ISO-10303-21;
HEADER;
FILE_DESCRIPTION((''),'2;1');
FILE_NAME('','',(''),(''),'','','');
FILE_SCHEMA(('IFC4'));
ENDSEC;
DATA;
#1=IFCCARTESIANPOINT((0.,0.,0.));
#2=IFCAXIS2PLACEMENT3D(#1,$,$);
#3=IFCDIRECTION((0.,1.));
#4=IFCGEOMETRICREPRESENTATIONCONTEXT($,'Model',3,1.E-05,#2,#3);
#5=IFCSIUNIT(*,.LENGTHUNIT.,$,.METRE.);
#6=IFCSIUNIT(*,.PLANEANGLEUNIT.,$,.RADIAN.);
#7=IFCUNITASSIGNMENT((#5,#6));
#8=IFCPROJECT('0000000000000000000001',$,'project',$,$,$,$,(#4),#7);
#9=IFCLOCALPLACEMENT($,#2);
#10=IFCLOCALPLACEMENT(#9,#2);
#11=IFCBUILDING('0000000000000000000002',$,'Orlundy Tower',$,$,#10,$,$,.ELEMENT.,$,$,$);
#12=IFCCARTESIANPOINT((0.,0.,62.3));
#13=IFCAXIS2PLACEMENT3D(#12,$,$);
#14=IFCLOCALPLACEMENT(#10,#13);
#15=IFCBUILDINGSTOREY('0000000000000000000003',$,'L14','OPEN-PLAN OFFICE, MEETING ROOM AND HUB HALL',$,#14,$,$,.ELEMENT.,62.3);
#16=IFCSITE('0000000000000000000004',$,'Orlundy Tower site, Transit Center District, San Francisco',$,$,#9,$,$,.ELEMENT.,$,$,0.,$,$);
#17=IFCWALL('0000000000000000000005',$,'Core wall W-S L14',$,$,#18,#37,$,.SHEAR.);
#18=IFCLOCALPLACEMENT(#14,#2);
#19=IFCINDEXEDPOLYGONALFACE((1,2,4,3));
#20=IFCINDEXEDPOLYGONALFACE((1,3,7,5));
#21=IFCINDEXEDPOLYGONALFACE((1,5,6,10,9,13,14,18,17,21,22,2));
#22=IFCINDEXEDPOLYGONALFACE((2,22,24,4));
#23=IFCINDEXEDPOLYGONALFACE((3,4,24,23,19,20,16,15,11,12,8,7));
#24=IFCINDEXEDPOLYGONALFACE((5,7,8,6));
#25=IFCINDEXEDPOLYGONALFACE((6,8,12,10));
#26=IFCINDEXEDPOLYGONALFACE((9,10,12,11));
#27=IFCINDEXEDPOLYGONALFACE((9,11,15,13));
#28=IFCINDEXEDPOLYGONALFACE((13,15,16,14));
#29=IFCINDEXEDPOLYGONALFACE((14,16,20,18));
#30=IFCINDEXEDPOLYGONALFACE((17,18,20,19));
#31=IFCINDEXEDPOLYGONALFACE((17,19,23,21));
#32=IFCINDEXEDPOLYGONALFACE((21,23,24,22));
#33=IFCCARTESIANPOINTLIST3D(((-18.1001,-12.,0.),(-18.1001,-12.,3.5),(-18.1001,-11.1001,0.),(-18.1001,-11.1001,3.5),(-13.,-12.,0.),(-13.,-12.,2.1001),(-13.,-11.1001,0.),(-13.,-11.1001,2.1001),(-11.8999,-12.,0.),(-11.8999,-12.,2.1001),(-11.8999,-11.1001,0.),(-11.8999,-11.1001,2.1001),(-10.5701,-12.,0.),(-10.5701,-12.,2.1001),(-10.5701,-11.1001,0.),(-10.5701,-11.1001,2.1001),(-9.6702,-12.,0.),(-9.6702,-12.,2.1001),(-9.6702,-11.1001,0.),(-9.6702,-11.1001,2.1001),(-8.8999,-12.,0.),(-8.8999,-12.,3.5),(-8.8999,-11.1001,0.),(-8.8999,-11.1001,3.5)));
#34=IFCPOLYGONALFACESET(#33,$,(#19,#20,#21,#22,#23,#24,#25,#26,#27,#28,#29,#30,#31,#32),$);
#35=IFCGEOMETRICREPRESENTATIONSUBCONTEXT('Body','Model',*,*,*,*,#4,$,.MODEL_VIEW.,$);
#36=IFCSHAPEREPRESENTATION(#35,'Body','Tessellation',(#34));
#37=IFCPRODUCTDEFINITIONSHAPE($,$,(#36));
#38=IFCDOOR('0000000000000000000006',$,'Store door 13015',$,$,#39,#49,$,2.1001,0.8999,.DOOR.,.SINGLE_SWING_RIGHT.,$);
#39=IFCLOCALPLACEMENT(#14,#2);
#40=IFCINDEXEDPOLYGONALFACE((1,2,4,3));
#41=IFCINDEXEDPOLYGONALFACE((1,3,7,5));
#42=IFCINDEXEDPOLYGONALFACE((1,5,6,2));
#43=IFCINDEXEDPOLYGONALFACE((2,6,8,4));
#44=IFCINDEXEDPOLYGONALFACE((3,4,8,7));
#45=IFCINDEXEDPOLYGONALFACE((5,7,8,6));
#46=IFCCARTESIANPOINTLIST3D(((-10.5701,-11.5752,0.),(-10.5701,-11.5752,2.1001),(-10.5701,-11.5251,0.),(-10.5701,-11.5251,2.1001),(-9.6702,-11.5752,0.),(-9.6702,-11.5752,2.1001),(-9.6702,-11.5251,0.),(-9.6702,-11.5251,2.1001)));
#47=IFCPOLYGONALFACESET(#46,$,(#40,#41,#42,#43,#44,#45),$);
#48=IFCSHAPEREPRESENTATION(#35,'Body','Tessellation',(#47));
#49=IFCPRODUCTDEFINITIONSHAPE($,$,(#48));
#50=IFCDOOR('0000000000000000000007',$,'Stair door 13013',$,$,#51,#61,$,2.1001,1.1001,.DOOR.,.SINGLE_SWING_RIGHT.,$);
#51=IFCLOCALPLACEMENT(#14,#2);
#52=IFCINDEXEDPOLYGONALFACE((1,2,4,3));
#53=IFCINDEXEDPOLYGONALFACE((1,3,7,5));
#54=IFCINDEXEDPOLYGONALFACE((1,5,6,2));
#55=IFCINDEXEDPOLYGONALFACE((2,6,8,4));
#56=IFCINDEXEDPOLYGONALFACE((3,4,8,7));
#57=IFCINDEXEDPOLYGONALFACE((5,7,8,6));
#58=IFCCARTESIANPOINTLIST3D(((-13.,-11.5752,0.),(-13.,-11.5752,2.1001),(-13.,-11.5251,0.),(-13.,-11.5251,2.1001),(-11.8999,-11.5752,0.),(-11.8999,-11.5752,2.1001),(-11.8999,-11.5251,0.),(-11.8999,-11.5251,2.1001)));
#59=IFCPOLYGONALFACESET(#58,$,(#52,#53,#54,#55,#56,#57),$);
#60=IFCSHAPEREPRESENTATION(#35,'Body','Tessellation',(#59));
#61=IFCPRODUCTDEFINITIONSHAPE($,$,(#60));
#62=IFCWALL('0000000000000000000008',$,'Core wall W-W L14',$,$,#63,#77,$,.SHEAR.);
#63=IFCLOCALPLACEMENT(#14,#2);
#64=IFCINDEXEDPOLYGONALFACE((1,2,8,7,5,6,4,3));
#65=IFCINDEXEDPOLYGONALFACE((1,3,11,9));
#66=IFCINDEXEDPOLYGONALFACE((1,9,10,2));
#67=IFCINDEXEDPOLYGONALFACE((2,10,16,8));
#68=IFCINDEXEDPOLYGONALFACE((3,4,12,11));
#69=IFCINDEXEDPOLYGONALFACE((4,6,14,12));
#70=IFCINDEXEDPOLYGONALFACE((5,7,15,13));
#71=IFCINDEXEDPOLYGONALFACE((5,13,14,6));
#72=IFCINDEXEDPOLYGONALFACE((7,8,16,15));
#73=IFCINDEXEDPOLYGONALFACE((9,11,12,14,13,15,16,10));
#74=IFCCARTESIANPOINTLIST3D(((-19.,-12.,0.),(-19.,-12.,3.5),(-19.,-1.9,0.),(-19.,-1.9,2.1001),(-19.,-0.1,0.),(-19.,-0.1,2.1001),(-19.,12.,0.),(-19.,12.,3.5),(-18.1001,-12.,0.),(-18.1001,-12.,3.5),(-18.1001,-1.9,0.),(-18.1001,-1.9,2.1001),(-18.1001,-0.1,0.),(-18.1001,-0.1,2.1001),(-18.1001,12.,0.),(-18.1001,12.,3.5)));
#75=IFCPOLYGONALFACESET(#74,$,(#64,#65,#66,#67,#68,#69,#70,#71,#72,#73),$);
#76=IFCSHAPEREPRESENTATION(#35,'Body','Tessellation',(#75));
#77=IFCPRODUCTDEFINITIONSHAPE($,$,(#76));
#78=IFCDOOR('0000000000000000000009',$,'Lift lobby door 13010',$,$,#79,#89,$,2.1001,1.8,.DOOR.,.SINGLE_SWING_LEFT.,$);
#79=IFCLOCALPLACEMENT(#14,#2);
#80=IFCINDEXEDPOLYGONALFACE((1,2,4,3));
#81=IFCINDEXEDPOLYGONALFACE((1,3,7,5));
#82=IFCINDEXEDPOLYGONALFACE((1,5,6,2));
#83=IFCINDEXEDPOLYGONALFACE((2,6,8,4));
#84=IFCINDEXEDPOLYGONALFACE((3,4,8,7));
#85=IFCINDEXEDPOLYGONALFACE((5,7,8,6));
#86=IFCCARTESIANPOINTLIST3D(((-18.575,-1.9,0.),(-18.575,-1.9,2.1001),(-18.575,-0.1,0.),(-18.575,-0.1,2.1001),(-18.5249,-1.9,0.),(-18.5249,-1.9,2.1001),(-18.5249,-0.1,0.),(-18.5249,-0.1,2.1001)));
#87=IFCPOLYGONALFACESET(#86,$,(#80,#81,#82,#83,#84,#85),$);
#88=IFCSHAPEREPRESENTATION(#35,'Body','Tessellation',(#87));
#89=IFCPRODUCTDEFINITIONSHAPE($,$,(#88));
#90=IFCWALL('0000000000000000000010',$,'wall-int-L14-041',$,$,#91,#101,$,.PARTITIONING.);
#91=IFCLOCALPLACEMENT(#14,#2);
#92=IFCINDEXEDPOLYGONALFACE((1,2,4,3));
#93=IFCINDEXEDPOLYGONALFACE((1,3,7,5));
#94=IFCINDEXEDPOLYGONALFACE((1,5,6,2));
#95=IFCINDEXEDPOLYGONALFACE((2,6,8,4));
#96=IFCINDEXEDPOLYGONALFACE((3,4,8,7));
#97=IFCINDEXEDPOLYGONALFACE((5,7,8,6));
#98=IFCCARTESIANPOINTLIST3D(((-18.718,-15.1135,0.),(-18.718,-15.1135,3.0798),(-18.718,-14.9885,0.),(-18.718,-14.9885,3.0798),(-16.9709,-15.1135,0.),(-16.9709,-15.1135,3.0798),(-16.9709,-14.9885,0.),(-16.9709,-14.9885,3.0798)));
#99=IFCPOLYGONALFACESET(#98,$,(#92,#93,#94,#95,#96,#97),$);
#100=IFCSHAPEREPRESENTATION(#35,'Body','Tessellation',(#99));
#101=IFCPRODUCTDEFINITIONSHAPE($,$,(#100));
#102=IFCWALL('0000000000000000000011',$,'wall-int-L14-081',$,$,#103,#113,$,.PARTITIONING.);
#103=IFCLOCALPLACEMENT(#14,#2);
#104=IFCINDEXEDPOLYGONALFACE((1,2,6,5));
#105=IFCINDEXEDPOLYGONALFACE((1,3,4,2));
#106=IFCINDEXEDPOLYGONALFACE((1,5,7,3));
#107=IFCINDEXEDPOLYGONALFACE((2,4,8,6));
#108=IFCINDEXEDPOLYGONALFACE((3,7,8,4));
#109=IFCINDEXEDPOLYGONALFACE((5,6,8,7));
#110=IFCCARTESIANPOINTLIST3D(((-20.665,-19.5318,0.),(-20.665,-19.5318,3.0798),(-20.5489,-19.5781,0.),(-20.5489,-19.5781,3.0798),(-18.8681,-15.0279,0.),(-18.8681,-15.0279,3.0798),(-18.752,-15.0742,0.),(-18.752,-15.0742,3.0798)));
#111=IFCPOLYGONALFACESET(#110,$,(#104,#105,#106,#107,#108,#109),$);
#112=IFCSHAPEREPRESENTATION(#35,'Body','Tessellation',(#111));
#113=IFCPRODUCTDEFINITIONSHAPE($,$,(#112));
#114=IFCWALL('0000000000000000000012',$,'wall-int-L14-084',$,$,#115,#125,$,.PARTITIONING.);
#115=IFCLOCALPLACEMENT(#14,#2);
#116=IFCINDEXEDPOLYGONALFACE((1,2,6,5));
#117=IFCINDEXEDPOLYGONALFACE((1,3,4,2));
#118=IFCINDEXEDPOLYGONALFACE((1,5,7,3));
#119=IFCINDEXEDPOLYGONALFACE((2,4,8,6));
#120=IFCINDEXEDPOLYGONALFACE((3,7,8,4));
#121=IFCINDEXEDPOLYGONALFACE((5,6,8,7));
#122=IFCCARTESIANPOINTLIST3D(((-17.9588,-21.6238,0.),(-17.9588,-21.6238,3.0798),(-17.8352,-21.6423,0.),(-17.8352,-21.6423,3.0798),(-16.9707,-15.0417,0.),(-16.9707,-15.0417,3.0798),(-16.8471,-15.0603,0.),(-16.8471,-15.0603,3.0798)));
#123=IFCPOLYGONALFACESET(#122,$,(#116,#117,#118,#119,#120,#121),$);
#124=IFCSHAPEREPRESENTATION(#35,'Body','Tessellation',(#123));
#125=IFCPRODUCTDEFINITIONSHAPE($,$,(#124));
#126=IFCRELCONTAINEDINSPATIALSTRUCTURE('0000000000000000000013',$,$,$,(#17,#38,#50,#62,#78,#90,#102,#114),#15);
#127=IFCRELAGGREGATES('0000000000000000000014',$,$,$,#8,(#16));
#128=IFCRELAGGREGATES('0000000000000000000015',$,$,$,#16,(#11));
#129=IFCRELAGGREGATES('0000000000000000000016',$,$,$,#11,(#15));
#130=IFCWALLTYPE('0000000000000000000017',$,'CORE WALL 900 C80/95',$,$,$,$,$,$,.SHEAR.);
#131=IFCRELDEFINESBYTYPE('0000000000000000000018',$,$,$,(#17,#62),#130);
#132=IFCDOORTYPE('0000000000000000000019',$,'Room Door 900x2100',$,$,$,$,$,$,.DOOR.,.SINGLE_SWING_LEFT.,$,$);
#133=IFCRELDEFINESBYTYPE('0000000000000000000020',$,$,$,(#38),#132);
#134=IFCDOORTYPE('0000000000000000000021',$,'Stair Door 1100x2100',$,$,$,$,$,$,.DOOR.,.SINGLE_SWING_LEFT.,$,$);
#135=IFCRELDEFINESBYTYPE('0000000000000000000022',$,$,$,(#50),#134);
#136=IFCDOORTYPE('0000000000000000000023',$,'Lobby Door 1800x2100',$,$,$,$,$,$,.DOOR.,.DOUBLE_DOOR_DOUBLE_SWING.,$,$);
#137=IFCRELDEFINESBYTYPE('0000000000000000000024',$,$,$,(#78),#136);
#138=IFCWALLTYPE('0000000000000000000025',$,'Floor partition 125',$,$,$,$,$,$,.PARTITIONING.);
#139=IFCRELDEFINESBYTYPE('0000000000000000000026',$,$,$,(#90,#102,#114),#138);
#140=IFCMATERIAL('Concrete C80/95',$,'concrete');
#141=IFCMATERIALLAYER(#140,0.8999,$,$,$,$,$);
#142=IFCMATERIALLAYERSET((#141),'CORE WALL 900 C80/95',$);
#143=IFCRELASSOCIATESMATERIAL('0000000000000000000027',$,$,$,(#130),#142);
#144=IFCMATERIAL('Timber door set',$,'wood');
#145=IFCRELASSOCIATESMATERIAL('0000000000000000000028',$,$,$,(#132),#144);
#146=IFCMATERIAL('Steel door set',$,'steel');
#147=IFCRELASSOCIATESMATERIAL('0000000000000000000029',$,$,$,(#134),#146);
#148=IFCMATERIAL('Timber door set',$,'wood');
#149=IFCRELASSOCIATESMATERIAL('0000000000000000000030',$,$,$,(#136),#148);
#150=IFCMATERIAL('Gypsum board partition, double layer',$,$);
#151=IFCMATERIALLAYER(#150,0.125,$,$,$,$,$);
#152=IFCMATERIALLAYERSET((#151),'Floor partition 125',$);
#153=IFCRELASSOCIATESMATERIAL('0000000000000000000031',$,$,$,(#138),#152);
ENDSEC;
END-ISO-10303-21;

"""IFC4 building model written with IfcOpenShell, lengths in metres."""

from ifc_helpers import new_model, si_unit, direction, frame, frame_2d, origin, place, context, subcontext, project, spatial, rectangle, extrude, material, layer, layer_set, type_object, element, fill, save


model = new_model("IFC4")

# Units and contexts
model_context = context("Model", 3, precision=1e-05, world=origin(), true_north=direction((0.0, 1.0)))
body_context = subcontext(model_context, "Body", "Model", "MODEL_VIEW")
ifc_project = project(units=[si_unit("LENGTHUNIT", "METRE"), si_unit("PLANEANGLEUNIT", "RADIAN")], contexts=[model_context])

# Site, building, storey
site_placement = place(None, origin())
site = spatial("IfcSite", under=ifc_project, at=site_placement, Name="Orlundy Tower site, Transit Center District, San Francisco", CompositionType="ELEMENT", RefElevation=0.0)
building_placement = place(site_placement, origin())
building = spatial("IfcBuilding", under=site, at=building_placement, Name="Orlundy Tower", CompositionType="ELEMENT")
storey_placement = place(building_placement, frame((0.0, 0.0, 62.3)))
storey = spatial("IfcBuildingStorey", under=building, at=storey_placement, Name="L14", Description="OPEN-PLAN OFFICE, MEETING ROOM AND HUB HALL", CompositionType="ELEMENT", Elevation=62.3)

# Wall, openings, doors
ifc_material_1 = material(Name="Concrete C80/95", Category="concrete")
ifc_layer_1 = layer(ifc_material_1, 0.8999)
ifc_layer_set_1 = layer_set([ifc_layer_1], Name="CORE WALL 900 C80/95")
wall_type_1 = type_object("IfcWallType", Name="CORE WALL 900 C80/95", PredefinedType="SHEAR", material=ifc_layer_set_1)
wall_1_placement = place(storey_placement, frame((-18.1001, -11.55, 0.0), z_axis=(0.0, 0.0, 1.0), x_axis=(1.0, 0.0, 0.0)))
wall_1 = element("IfcWall", 1, at=wall_1_placement, inside=storey, type_object=wall_type_1, Name="Core wall W-S L14", PredefinedType="SHEAR", context=body_context, shape_type="SweptSolid", body=[
    extrude(rectangle(XDim=9.2002, YDim=0.8999, at=frame_2d((4.6001, 0.0))), origin(), (0.0, 0.0, 1.0), 3.5),
])
opening_1_placement = place(wall_1_placement, frame((5.1001, 0.0, 0.0)))
opening_1 = element("IfcOpeningElement", 2, at=opening_1_placement, cuts=wall_1, PredefinedType="OPENING", context=body_context, shape_type="SweptSolid", body=[
    extrude(rectangle(XDim=1.1001, YDim=2.1001, at=frame_2d((0.55, 1.05))), frame((0.0, 0.46, 0.0), z_axis=(0.0, -1.0, 0.0), x_axis=(1.0, 0.0, 0.0)), (0.0, 0.0, 1.0), 0.9199),
])
opening_2_placement = place(wall_1_placement, frame((7.53, 0.0, 0.0)))
opening_2 = element("IfcOpeningElement", 3, at=opening_2_placement, cuts=wall_1, PredefinedType="OPENING", context=body_context, shape_type="SweptSolid", body=[
    extrude(rectangle(XDim=0.8999, YDim=2.1001, at=frame_2d((0.45, 1.05))), frame((0.0, 0.46, 0.0), z_axis=(0.0, -1.0, 0.0), x_axis=(1.0, 0.0, 0.0)), (0.0, 0.0, 1.0), 0.9199),
])
ifc_material_2 = material(Name="Timber door set", Category="wood")
door_type_1 = type_object("IfcDoorType", Name="Room Door 900x2100", OperationType="SINGLE_SWING_LEFT", PredefinedType="DOOR", material=ifc_material_2)
door_1_placement = place(opening_2_placement, origin())
door_1 = element("IfcDoor", 4, at=door_1_placement, inside=storey, type_object=door_type_1, Name="Store door 13015", OperationType="SINGLE_SWING_RIGHT", OverallHeight=2.1001, OverallWidth=0.8999, PredefinedType="DOOR", context=body_context, shape_type="SweptSolid", body=[
    extrude(rectangle(XDim=0.8999, YDim=2.1001, at=frame_2d((0.45, 1.05))), frame((0.0, 0.0249, 0.0), z_axis=(0.0, -1.0, 0.0), x_axis=(1.0, 0.0, 0.0)), (0.0, 0.0, 1.0), 0.05),
])
fill(opening_2, door_1)
ifc_material_3 = material(Name="Steel door set", Category="steel")
door_type_2 = type_object("IfcDoorType", Name="Stair Door 1100x2100", OperationType="SINGLE_SWING_LEFT", PredefinedType="DOOR", material=ifc_material_3)
door_2_placement = place(opening_1_placement, origin())
door_2 = element("IfcDoor", 5, at=door_2_placement, inside=storey, type_object=door_type_2, Name="Stair door 13013", OperationType="SINGLE_SWING_RIGHT", OverallHeight=2.1001, OverallWidth=1.1001, PredefinedType="DOOR", context=body_context, shape_type="SweptSolid", body=[
    extrude(rectangle(XDim=1.1001, YDim=2.1001, at=frame_2d((0.55, 1.05))), frame((0.0, 0.0249, 0.0), z_axis=(0.0, -1.0, 0.0), x_axis=(1.0, 0.0, 0.0)), (0.0, 0.0, 1.0), 0.05),
])
fill(opening_1, door_2)

# Wall, opening, door
wall_2_placement = place(storey_placement, frame((-18.55, -12.0, 0.0), z_axis=(0.0, 0.0, 1.0), x_axis=(0.0, 1.0, 0.0)))
wall_2 = element("IfcWall", 6, at=wall_2_placement, inside=storey, type_object=wall_type_1, Name="Core wall W-W L14", PredefinedType="SHEAR", context=body_context, shape_type="SweptSolid", body=[
    extrude(rectangle(XDim=24.0, YDim=0.8999, at=frame_2d((12.0, 0.0))), origin(), (0.0, 0.0, 1.0), 3.5),
])
opening_3_placement = place(wall_2_placement, frame((10.1001, 0.0, 0.0)))
opening_3 = element("IfcOpeningElement", 7, at=opening_3_placement, cuts=wall_2, PredefinedType="OPENING", context=body_context, shape_type="SweptSolid", body=[
    extrude(rectangle(XDim=1.8, YDim=2.1001, at=frame_2d((0.8999, 1.05))), frame((0.0, 0.46, 0.0), z_axis=(0.0, -1.0, 0.0), x_axis=(1.0, 0.0, 0.0)), (0.0, 0.0, 1.0), 0.9199),
])
ifc_material_4 = material(Name="Timber door set", Category="wood")
door_type_3 = type_object("IfcDoorType", Name="Lobby Door 1800x2100", OperationType="DOUBLE_DOOR_DOUBLE_SWING", PredefinedType="DOOR", material=ifc_material_4)
door_3_placement = place(opening_3_placement, origin())
door_3 = element("IfcDoor", 8, at=door_3_placement, inside=storey, type_object=door_type_3, Name="Lift lobby door 13010", OperationType="SINGLE_SWING_LEFT", OverallHeight=2.1001, OverallWidth=1.8, PredefinedType="DOOR", context=body_context, shape_type="SweptSolid", body=[
    extrude(rectangle(XDim=1.8, YDim=2.1001, at=frame_2d((0.8999, 1.05))), frame((0.0, 0.0249, 0.0), z_axis=(0.0, -1.0, 0.0), x_axis=(1.0, 0.0, 0.0)), (0.0, 0.0, 1.0), 0.05),
])
fill(opening_3, door_3)

# Walls
ifc_material_5 = material(Name="Gypsum board partition, double layer")
ifc_layer_2 = layer(ifc_material_5, 0.125)
ifc_layer_set_2 = layer_set([ifc_layer_2], Name="Floor partition 125")
wall_type_2 = type_object("IfcWallType", Name="Floor partition 125", PredefinedType="PARTITIONING", material=ifc_layer_set_2)
wall_3_placement = place(storey_placement, frame((-18.718, -15.051, 0.0), z_axis=(0.0, 0.0, 1.0), x_axis=(1.0, 0.0, 0.0)))
element("IfcWall", 9, at=wall_3_placement, inside=storey, type_object=wall_type_2, Name="wall-int-L14-041", PredefinedType="PARTITIONING", context=body_context, shape_type="SweptSolid", body=[
    extrude(rectangle(XDim=1.7471, YDim=0.125, at=frame_2d((0.8735, 0.0))), origin(), (0.0, 0.0, 1.0), 3.0798),
])
wall_4_placement = place(storey_placement, frame((-18.8101, -15.051, 0.0), z_axis=(0.0, 0.0, 1.0), x_axis=(-0.370557, -0.92881, 0.0)))
element("IfcWall", 10, at=wall_4_placement, inside=storey, type_object=wall_type_2, Name="wall-int-L14-081", PredefinedType="PARTITIONING", context=body_context, shape_type="SweptSolid", body=[
    extrude(rectangle(XDim=4.8491, YDim=0.125, at=frame_2d((2.4246, 0.0))), origin(), (0.0, 0.0, 1.0), 3.0798),
])
wall_5_placement = place(storey_placement, frame((-16.9089, -15.051, 0.0), z_axis=(0.0, 0.0, 1.0), x_axis=(-0.148448, -0.98892, 0.0)))
element("IfcWall", 11, at=wall_5_placement, inside=storey, type_object=wall_type_2, Name="wall-int-L14-084", PredefinedType="PARTITIONING", context=body_context, shape_type="SweptSolid", body=[
    extrude(rectangle(XDim=6.6558, YDim=0.125, at=frame_2d((3.3279, 0.0))), origin(), (0.0, 0.0, 1.0), 3.0798),
])

save(model, "model.ifc")
